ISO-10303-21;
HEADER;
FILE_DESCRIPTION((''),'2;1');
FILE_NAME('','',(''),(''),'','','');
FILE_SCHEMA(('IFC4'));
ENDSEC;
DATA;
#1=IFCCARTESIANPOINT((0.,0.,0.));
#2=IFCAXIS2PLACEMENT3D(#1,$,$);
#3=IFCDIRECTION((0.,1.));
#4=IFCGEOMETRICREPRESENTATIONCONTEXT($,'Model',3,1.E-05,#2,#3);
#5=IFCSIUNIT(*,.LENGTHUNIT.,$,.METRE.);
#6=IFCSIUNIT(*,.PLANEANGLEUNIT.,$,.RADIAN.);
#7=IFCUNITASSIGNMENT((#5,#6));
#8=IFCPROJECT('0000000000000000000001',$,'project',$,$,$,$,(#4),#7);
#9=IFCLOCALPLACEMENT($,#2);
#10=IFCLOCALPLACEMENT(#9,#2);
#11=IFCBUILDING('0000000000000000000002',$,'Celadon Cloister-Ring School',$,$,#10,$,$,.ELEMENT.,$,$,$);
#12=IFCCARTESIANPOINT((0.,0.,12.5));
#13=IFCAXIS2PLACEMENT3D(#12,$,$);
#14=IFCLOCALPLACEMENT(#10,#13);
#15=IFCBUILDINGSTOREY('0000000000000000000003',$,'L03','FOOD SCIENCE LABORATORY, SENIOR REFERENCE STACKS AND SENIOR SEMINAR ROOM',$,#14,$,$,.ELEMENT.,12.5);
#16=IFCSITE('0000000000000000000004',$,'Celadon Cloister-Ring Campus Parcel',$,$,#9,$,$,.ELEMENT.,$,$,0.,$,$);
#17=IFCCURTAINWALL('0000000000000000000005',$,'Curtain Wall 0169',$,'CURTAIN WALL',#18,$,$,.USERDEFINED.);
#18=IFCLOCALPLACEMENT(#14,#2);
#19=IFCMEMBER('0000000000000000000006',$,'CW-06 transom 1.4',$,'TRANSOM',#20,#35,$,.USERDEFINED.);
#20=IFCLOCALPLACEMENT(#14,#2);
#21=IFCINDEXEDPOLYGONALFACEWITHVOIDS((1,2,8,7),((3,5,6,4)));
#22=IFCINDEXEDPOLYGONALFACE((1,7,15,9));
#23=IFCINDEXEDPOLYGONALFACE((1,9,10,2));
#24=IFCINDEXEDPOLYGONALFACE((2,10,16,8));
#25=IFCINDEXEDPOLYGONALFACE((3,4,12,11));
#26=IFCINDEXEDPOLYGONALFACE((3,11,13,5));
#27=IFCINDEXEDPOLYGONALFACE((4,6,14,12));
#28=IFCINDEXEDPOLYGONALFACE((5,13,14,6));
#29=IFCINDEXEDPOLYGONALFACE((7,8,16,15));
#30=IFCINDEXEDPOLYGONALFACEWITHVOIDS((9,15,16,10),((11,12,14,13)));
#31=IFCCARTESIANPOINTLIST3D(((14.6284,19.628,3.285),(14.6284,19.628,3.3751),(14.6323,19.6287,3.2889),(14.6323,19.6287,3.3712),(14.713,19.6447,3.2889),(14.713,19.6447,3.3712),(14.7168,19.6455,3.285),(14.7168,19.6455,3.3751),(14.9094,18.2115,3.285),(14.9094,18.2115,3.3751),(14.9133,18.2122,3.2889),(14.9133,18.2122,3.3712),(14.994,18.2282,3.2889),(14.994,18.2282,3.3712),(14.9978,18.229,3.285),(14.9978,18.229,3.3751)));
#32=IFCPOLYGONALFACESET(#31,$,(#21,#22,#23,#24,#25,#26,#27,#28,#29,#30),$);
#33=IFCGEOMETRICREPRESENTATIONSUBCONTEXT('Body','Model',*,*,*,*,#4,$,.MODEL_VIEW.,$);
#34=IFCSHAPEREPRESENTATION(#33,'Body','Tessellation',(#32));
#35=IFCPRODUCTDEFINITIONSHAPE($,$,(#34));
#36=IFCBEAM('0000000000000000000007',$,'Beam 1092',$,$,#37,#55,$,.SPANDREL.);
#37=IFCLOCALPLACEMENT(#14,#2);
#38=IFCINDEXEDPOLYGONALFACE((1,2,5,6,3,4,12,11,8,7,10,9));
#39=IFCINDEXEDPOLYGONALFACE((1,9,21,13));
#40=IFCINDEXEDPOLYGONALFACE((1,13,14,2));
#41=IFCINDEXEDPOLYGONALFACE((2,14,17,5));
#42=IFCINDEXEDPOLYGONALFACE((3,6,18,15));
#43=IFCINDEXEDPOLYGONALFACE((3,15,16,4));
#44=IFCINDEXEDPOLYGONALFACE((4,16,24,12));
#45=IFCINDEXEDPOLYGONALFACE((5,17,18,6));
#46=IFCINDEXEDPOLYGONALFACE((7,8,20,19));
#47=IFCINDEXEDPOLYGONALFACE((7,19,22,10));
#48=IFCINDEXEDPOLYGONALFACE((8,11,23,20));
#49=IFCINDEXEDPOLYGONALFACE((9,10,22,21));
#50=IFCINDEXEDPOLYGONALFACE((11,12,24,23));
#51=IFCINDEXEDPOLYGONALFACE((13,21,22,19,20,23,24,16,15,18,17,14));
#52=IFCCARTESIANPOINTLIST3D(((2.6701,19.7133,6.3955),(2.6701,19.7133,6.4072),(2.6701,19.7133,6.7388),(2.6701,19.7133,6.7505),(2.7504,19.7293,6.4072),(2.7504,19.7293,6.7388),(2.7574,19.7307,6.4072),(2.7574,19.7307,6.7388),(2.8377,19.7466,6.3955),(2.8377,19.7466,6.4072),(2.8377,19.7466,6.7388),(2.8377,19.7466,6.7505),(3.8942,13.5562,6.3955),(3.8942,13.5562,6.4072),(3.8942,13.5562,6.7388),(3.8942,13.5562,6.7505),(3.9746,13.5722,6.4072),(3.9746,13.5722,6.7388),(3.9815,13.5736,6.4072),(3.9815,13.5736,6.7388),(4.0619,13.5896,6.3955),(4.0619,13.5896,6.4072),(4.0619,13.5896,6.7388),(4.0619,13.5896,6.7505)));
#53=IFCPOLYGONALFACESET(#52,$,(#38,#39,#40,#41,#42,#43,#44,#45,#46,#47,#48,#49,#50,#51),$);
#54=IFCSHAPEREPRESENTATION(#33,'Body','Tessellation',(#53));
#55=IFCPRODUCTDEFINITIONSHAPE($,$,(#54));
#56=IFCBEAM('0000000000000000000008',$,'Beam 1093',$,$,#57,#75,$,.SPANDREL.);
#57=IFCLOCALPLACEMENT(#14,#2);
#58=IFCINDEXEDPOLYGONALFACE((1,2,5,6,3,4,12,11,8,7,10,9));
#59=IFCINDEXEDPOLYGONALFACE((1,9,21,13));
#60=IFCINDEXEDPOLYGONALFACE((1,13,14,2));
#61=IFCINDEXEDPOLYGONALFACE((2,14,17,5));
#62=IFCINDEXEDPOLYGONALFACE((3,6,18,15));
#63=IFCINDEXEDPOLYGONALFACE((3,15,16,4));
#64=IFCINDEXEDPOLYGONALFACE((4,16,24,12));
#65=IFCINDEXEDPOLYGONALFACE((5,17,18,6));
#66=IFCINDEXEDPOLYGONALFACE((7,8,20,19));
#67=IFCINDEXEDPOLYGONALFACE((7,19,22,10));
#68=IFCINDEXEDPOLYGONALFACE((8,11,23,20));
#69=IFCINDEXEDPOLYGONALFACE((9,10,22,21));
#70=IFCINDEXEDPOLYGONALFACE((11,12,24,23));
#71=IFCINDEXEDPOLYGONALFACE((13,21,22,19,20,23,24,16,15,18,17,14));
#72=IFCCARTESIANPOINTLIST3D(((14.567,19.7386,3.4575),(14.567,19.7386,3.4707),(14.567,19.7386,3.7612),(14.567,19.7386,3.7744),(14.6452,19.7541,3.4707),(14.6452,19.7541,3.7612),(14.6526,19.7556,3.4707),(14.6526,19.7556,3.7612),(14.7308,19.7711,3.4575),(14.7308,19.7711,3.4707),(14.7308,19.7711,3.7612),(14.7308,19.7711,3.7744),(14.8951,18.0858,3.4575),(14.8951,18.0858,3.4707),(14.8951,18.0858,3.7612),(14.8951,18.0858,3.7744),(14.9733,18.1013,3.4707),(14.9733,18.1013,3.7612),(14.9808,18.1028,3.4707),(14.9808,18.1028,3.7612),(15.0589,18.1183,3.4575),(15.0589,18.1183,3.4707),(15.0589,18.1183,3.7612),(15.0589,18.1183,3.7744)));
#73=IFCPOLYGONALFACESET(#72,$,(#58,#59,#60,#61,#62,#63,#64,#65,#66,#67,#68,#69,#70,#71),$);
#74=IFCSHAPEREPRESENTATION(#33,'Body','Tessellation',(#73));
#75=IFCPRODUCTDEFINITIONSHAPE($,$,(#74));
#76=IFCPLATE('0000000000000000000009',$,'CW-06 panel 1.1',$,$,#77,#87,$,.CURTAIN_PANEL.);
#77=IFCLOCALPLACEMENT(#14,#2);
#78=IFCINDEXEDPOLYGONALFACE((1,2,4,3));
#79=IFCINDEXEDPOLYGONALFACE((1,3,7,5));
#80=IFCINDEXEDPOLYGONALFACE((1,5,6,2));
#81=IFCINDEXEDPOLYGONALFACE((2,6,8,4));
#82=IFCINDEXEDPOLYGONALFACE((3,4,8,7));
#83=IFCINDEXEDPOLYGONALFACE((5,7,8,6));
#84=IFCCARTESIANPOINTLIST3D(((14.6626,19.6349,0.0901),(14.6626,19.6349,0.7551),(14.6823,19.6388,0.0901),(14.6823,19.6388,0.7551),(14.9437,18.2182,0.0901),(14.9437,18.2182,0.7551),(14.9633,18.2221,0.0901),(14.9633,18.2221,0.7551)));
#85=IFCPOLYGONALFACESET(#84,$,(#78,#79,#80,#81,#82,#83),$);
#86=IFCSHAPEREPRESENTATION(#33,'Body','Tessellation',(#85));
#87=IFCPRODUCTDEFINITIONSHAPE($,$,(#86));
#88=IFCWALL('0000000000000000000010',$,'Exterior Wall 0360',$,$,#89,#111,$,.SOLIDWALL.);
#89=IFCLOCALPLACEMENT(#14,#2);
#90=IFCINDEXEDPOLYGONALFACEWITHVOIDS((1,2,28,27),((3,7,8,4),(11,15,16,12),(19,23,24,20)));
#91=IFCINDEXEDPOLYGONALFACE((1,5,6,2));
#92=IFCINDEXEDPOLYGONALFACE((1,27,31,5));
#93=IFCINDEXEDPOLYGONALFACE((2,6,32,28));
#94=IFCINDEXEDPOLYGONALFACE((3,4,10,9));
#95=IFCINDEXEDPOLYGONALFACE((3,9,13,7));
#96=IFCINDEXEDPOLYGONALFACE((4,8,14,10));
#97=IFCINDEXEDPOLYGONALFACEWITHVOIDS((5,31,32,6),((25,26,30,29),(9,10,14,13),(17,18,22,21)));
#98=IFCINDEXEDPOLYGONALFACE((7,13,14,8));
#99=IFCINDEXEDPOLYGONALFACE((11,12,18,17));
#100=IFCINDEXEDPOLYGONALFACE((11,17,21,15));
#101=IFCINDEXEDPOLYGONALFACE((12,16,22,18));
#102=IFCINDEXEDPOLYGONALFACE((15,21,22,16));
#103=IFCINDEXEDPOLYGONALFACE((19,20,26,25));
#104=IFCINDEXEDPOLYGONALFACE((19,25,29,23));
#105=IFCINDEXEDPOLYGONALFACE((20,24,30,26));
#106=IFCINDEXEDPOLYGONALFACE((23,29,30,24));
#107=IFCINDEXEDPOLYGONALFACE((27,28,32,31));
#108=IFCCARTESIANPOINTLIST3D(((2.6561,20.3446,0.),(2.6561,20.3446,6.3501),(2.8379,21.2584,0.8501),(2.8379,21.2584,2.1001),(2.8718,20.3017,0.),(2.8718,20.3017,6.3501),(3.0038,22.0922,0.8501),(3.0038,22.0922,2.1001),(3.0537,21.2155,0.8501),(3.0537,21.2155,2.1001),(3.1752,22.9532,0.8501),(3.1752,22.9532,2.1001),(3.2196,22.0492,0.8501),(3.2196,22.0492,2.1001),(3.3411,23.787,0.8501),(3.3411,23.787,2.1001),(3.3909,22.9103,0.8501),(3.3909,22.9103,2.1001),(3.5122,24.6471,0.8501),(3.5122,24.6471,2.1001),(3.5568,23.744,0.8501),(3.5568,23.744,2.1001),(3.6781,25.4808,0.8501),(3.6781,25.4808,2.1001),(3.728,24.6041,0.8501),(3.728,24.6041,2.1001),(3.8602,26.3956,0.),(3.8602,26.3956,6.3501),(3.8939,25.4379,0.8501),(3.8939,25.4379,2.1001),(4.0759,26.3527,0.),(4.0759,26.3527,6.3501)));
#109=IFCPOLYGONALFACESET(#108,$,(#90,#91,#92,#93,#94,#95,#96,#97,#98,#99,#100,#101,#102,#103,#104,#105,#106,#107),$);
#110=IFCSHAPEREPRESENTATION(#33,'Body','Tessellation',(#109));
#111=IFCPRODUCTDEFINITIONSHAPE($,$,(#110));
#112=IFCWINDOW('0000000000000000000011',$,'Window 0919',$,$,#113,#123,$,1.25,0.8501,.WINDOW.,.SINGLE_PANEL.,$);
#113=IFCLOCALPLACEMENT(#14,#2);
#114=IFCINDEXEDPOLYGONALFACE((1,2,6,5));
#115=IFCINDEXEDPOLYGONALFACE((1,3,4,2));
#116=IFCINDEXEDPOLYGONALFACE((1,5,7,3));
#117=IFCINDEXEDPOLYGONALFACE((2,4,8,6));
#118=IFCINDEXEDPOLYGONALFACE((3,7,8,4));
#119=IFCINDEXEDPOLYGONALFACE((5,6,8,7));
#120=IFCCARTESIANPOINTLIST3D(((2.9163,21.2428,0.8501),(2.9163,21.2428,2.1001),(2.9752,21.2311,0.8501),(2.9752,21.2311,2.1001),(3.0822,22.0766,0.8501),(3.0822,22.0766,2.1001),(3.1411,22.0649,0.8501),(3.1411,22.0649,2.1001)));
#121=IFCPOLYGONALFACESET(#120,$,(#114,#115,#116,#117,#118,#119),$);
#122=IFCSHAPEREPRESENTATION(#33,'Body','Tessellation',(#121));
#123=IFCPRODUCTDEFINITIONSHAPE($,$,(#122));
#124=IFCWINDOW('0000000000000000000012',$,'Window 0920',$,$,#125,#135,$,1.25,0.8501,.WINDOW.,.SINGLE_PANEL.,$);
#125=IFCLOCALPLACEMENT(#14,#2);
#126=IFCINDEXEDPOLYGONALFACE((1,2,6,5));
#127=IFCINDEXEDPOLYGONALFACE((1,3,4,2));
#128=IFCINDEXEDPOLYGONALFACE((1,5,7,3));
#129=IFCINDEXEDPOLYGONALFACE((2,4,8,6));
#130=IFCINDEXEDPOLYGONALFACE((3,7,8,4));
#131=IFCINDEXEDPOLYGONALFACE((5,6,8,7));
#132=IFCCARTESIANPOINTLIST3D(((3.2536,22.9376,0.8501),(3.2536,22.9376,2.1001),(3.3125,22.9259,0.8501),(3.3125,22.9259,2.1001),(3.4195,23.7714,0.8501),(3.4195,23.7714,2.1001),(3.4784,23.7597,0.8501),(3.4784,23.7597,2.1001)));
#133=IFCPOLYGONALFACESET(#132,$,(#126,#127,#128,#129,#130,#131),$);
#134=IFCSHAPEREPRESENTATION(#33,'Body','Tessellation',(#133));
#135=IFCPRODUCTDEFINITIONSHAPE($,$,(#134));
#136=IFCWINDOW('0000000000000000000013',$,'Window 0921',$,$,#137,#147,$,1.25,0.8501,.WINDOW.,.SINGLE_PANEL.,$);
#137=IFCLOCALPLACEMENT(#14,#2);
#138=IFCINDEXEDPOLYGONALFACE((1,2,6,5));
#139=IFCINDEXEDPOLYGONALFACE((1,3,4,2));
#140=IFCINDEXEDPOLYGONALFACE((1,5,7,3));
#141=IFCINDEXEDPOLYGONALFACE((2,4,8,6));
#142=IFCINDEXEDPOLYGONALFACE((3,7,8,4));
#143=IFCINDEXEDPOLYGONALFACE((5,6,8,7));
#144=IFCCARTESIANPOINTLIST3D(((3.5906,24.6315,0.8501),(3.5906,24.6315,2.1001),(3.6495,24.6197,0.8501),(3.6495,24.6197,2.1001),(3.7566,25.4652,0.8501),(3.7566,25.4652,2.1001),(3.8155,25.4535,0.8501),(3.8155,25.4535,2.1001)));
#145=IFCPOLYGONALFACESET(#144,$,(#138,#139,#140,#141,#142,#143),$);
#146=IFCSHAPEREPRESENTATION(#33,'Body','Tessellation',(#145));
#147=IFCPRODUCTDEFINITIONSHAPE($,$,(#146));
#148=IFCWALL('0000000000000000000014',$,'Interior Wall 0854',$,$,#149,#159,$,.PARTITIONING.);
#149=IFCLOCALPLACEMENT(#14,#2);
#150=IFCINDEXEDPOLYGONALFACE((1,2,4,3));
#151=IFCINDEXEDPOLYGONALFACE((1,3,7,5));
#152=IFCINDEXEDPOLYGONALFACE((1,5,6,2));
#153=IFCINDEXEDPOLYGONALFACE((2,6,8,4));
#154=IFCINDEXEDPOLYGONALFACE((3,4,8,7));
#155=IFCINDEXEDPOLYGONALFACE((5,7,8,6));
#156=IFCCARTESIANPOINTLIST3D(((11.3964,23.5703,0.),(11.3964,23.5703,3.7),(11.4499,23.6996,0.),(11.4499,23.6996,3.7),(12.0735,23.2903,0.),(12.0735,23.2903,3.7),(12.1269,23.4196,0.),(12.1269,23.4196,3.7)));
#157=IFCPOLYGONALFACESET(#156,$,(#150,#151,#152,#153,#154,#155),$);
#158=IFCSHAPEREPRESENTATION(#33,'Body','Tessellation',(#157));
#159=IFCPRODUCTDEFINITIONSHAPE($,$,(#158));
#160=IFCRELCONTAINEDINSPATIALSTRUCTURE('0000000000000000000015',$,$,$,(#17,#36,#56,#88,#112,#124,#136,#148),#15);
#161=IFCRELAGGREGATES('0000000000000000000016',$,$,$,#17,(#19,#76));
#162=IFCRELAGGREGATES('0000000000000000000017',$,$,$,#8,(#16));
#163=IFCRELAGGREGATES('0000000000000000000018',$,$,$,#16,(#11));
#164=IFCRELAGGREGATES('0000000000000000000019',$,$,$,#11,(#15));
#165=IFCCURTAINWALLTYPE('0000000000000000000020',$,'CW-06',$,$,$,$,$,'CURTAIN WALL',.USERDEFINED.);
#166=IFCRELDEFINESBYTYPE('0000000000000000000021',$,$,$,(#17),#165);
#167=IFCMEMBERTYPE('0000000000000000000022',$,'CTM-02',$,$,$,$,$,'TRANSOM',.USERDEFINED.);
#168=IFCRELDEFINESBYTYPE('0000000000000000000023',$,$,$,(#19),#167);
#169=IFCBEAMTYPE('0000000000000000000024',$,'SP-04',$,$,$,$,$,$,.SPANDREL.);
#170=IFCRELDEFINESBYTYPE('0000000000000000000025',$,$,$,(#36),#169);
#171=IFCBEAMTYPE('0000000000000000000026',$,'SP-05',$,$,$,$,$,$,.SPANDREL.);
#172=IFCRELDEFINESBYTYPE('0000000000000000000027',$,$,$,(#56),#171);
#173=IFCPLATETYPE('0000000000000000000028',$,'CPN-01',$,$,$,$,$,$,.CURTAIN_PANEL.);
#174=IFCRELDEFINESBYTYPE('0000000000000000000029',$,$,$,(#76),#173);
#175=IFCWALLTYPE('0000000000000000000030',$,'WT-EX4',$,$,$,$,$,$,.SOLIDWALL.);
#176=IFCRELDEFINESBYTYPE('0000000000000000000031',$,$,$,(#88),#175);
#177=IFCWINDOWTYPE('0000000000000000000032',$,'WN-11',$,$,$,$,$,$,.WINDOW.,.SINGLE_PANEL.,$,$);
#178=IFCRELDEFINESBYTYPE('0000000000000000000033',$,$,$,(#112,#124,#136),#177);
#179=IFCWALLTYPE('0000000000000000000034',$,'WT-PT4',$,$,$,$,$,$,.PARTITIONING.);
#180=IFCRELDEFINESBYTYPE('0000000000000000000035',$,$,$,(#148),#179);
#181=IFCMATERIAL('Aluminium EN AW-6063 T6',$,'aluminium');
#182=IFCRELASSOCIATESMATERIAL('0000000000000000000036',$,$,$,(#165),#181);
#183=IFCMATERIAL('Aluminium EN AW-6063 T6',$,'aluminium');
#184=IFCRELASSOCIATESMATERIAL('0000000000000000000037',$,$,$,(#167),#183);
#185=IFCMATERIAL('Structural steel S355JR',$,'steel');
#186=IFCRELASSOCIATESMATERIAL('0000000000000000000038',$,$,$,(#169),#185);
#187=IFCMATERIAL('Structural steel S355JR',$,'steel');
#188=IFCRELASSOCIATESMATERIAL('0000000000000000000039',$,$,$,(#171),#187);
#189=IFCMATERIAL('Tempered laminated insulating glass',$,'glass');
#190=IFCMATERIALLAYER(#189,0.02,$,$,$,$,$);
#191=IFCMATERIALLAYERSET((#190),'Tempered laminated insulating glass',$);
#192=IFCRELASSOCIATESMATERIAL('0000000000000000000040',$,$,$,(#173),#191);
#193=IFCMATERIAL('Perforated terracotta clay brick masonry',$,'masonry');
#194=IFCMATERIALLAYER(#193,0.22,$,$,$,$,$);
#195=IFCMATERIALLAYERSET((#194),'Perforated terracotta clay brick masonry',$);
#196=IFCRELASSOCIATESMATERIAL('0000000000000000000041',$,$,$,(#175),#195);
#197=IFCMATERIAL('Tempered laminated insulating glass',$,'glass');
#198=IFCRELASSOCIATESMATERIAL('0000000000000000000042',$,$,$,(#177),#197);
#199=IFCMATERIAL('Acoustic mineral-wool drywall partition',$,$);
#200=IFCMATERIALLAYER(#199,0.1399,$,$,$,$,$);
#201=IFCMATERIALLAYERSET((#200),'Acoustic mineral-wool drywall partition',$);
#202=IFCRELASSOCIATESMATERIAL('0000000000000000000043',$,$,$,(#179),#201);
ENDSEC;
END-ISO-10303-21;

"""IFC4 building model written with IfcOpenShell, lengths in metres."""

from ifc_helpers import new_model, si_unit, direction, frame, frame_2d, origin, origin_2d, place, context, subcontext, project, spatial, rectangle, hollow_rectangle, i_section, extrude, material, layer, layer_set, material_profile, profile_set, type_object, element, fill, aggregate, save


model = new_model("IFC4")

# Units and contexts
model_context = context("Model", 3, precision=1e-05, world=origin(), true_north=direction((0.0, 1.0)))
body_context = subcontext(model_context, "Body", "Model", "MODEL_VIEW")
ifc_project = project(units=[si_unit("LENGTHUNIT", "METRE"), si_unit("PLANEANGLEUNIT", "RADIAN")], contexts=[model_context])

# Site, building, storey
site_placement = place(None, origin())
site = spatial("IfcSite", under=ifc_project, at=site_placement, Name="Celadon Cloister-Ring Campus Parcel", CompositionType="ELEMENT", RefElevation=0.0)
building_placement = place(site_placement, origin())
building = spatial("IfcBuilding", under=site, at=building_placement, Name="Celadon Cloister-Ring School", CompositionType="ELEMENT")
storey_placement = place(building_placement, frame((0.0, 0.0, 12.5)))
storey = spatial("IfcBuildingStorey", under=building, at=storey_placement, Name="L03", Description="FOOD SCIENCE LABORATORY, SENIOR REFERENCE STACKS AND SENIOR SEMINAR ROOM", CompositionType="ELEMENT", Elevation=12.5)

# Shared definitions
ifc_material_1 = material(Name="Aluminium EN AW-6063 T6", Category="aluminium")
curtain_wall_type = type_object("IfcCurtainWallType", Name="CW-06", ElementType="CURTAIN WALL", PredefinedType="USERDEFINED", material=ifc_material_1)

# Curtain wall, member
curtain_wall_1_placement = place(storey_placement, origin())
curtain_wall_1 = element("IfcCurtainWall", 1, at=curtain_wall_1_placement, inside=storey, type_object=curtain_wall_type, Name="Curtain Wall 0169", ObjectType="CURTAIN WALL", PredefinedType="USERDEFINED")
ifc_material_2 = material(Name="Aluminium EN AW-6063 T6", Category="aluminium")
ifc_material_profile_1 = material_profile(ifc_material_2, hollow_rectangle(XDim=0.0901, YDim=0.0901, WallThickness=0.0039, at=origin_2d()), Name="RHS90X90X4")
ifc_profile_set_1 = profile_set([ifc_material_profile_1], Name="Aluminium EN AW-6063 T6")
member_type_1 = type_object("IfcMemberType", Name="CTM-02", ElementType="TRANSOM", PredefinedType="USERDEFINED", material=ifc_profile_set_1)
member_1_placement = place(storey_placement, frame((14.6726, 19.6367, 3.3301), z_axis=(0.194588, -0.980885, 0.0), x_axis=(0.980885, 0.194588, 0.0)))
member_1 = element("IfcMember", 2, at=member_1_placement, type_object=member_type_1, Name="CW-06 transom 1.4", ObjectType="TRANSOM", PredefinedType="USERDEFINED", context=body_context, shape_type="SweptSolid", body=[
    extrude(hollow_rectangle(XDim=0.0901, YDim=0.0901, WallThickness=0.0039, at=origin_2d()), origin(), (0.0, 0.0, 1.0), 1.4441),
])

# Beams
ifc_material_3 = material(Name="Structural steel S355JR", Category="steel")
ifc_material_profile_2 = material_profile(ifc_material_3, i_section(OverallWidth=0.1709, OverallDepth=0.355, WebThickness=0.0071, FlangeThickness=0.0117, at=origin_2d()), Name="W360X51")
ifc_profile_set_2 = profile_set([ifc_material_profile_2], Name="Structural steel S355JR")
beam_type_1 = type_object("IfcBeamType", Name="SP-04", PredefinedType="SPANDREL", material=ifc_profile_set_2)
beam_1_placement = place(storey_placement, frame((2.7539, 19.73, 6.573), z_axis=(0.195002, -0.980803, 0.0), x_axis=(0.980803, 0.195002, 0.0)))
element("IfcBeam", 3, at=beam_1_placement, inside=storey, type_object=beam_type_1, Name="Beam 1092", PredefinedType="SPANDREL", context=body_context, shape_type="SweptSolid", body=[
    extrude(i_section(OverallWidth=0.1709, OverallDepth=0.355, WebThickness=0.0071, FlangeThickness=0.0117, at=origin_2d()), origin(), (0.0, 0.0, 1.0), 6.2776),
])
ifc_material_4 = material(Name="Structural steel S355JR", Category="steel")
ifc_material_profile_3 = material_profile(ifc_material_4, i_section(OverallWidth=0.167, OverallDepth=0.3169, WebThickness=0.0076, FlangeThickness=0.0132, at=origin_2d()), Name="W310X52")
ifc_profile_set_3 = profile_set([ifc_material_profile_3], Name="Structural steel S355JR")
beam_type_2 = type_object("IfcBeamType", Name="SP-05", PredefinedType="SPANDREL", material=ifc_profile_set_3)
beam_2_placement = place(storey_placement, frame((14.6489, 19.7549, 3.616), z_axis=(0.194723, -0.980858, 0.0), x_axis=(0.980858, 0.194723, 0.0)))
element("IfcBeam", 4, at=beam_2_placement, inside=storey, type_object=beam_type_2, Name="Beam 1093", PredefinedType="SPANDREL", context=body_context, shape_type="SweptSolid", body=[
    extrude(i_section(OverallWidth=0.167, OverallDepth=0.3169, WebThickness=0.0076, FlangeThickness=0.0132, at=origin_2d()), origin(), (0.0, 0.0, 1.0), 1.6851),
])

# Plate
ifc_material_5 = material(Name="Tempered laminated insulating glass", Category="glass")
ifc_layer_1 = layer(ifc_material_5, 0.02)
ifc_layer_set_1 = layer_set([ifc_layer_1], Name="Tempered laminated insulating glass")
plate_type = type_object("IfcPlateType", Name="CPN-01", PredefinedType="CURTAIN_PANEL", material=ifc_layer_set_1)
plate_placement = place(storey_placement, frame((14.813, 18.9285, 0.0901), z_axis=(0.0, 0.0, 1.0), x_axis=(0.194586, -0.980885, 0.0)))
plate = element("IfcPlate", 5, at=plate_placement, type_object=plate_type, Name="CW-06 panel 1.1", PredefinedType="CURTAIN_PANEL", context=body_context, shape_type="SweptSolid", body=[
    extrude(rectangle(XDim=1.4443, YDim=0.02, at=origin_2d()), origin(), (0.0, 0.0, 1.0), 0.665),
])
aggregate(curtain_wall_1, [member_1, plate])

# Wall, openings, windows
ifc_material_6 = material(Name="Perforated terracotta clay brick masonry", Category="masonry")
ifc_layer_2 = layer(ifc_material_6, 0.22)
ifc_layer_set_2 = layer_set([ifc_layer_2], Name="Perforated terracotta clay brick masonry")
wall_type_1 = type_object("IfcWallType", Name="WT-EX4", PredefinedType="SOLIDWALL", material=ifc_layer_set_2)
wall_1_placement = place(storey_placement, frame((2.7639, 20.323, 0.0), z_axis=(0.0, 0.0, 1.0), x_axis=(0.195165, 0.98077, 0.0)))
wall_1 = element("IfcWall", 6, at=wall_1_placement, inside=storey, type_object=wall_type_1, Name="Exterior Wall 0360", PredefinedType="SOLIDWALL", context=body_context, shape_type="SweptSolid", body=[
    extrude(rectangle(XDim=6.1697, YDim=0.22, at=frame_2d((3.085, 0.0))), origin(), (0.0, 0.0, 1.0), 6.3501),
])
opening_1_placement = place(wall_1_placement, frame((0.9319, 0.0, 0.8501)))
opening_1 = element("IfcOpeningElement", 7, at=opening_1_placement, cuts=wall_1, PredefinedType="OPENING", context=body_context, shape_type="SweptSolid", body=[
    extrude(rectangle(XDim=0.8501, YDim=1.25, at=frame_2d((0.425, 0.625))), frame((0.0, 0.1201, 0.0), z_axis=(0.0, -1.0, 0.0), x_axis=(1.0, 0.0, 0.0)), (0.0, 0.0, 1.0), 0.24),
])
opening_2_placement = place(wall_1_placement, frame((2.6599, 0.0, 0.8501)))
opening_2 = element("IfcOpeningElement", 8, at=opening_2_placement, cuts=wall_1, PredefinedType="OPENING", context=body_context, shape_type="SweptSolid", body=[
    extrude(rectangle(XDim=0.8501, YDim=1.25, at=frame_2d((0.425, 0.625))), frame((0.0, 0.1201, 0.0), z_axis=(0.0, -1.0, 0.0), x_axis=(1.0, 0.0, 0.0)), (0.0, 0.0, 1.0), 0.24),
])
opening_3_placement = place(wall_1_placement, frame((4.387, 0.0, 0.8501)))
opening_3 = element("IfcOpeningElement", 9, at=opening_3_placement, cuts=wall_1, PredefinedType="OPENING", context=body_context, shape_type="SweptSolid", body=[
    extrude(rectangle(XDim=0.8501, YDim=1.25, at=frame_2d((0.425, 0.625))), frame((0.0, 0.1201, 0.0), z_axis=(0.0, -1.0, 0.0), x_axis=(1.0, 0.0, 0.0)), (0.0, 0.0, 1.0), 0.24),
])
ifc_material_7 = material(Name="Tempered laminated insulating glass", Category="glass")
window_type = type_object("IfcWindowType", Name="WN-11", PartitioningType="SINGLE_PANEL", PredefinedType="WINDOW", material=ifc_material_7)
window_1_placement = place(opening_1_placement, origin())
window_1 = element("IfcWindow", 10, at=window_1_placement, inside=storey, type_object=window_type, Name="Window 0919", OverallHeight=1.25, OverallWidth=0.8501, PartitioningType="SINGLE_PANEL", PredefinedType="WINDOW", context=body_context, shape_type="SweptSolid", body=[
    extrude(rectangle(XDim=0.8501, YDim=1.25, at=frame_2d((0.425, 0.625))), frame((0.0, 0.03, 0.0), z_axis=(0.0, -1.0, 0.0), x_axis=(1.0, 0.0, 0.0)), (0.0, 0.0, 1.0), 0.0601),
])
fill(opening_1, window_1)
window_2_placement = place(opening_2_placement, origin())
window_2 = element("IfcWindow", 11, at=window_2_placement, inside=storey, type_object=window_type, Name="Window 0920", OverallHeight=1.25, OverallWidth=0.8501, PartitioningType="SINGLE_PANEL", PredefinedType="WINDOW", context=body_context, shape_type="SweptSolid", body=[
    extrude(rectangle(XDim=0.8501, YDim=1.25, at=frame_2d((0.425, 0.625))), frame((0.0, 0.03, 0.0), z_axis=(0.0, -1.0, 0.0), x_axis=(1.0, 0.0, 0.0)), (0.0, 0.0, 1.0), 0.0601),
])
fill(opening_2, window_2)
window_3_placement = place(opening_3_placement, origin())
window_3 = element("IfcWindow", 12, at=window_3_placement, inside=storey, type_object=window_type, Name="Window 0921", OverallHeight=1.25, OverallWidth=0.8501, PartitioningType="SINGLE_PANEL", PredefinedType="WINDOW", context=body_context, shape_type="SweptSolid", body=[
    extrude(rectangle(XDim=0.8501, YDim=1.25, at=frame_2d((0.425, 0.625))), frame((0.0, 0.03, 0.0), z_axis=(0.0, -1.0, 0.0), x_axis=(1.0, 0.0, 0.0)), (0.0, 0.0, 1.0), 0.0601),
])
fill(opening_3, window_3)

# Wall
ifc_material_8 = material(Name="Acoustic mineral-wool drywall partition")
ifc_layer_3 = layer(ifc_material_8, 0.1399)
ifc_layer_set_3 = layer_set([ifc_layer_3], Name="Acoustic mineral-wool drywall partition")
wall_type_2 = type_object("IfcWallType", Name="WT-PT4", PredefinedType="PARTITIONING", material=ifc_layer_set_3)
wall_2_placement = place(storey_placement, frame((12.1001, 23.355, 0.0), z_axis=(0.0, 0.0, 1.0), x_axis=(-0.92407, 0.382224, 0.0)))
element("IfcWall", 13, at=wall_2_placement, inside=storey, type_object=wall_type_2, Name="Interior Wall 0854", PredefinedType="PARTITIONING", context=body_context, shape_type="SweptSolid", body=[
    extrude(rectangle(XDim=0.7327, YDim=0.1399, at=frame_2d((0.3662, 0.0))), origin(), (0.0, 0.0, 1.0), 3.7),
])

save(model, "model.ifc")
